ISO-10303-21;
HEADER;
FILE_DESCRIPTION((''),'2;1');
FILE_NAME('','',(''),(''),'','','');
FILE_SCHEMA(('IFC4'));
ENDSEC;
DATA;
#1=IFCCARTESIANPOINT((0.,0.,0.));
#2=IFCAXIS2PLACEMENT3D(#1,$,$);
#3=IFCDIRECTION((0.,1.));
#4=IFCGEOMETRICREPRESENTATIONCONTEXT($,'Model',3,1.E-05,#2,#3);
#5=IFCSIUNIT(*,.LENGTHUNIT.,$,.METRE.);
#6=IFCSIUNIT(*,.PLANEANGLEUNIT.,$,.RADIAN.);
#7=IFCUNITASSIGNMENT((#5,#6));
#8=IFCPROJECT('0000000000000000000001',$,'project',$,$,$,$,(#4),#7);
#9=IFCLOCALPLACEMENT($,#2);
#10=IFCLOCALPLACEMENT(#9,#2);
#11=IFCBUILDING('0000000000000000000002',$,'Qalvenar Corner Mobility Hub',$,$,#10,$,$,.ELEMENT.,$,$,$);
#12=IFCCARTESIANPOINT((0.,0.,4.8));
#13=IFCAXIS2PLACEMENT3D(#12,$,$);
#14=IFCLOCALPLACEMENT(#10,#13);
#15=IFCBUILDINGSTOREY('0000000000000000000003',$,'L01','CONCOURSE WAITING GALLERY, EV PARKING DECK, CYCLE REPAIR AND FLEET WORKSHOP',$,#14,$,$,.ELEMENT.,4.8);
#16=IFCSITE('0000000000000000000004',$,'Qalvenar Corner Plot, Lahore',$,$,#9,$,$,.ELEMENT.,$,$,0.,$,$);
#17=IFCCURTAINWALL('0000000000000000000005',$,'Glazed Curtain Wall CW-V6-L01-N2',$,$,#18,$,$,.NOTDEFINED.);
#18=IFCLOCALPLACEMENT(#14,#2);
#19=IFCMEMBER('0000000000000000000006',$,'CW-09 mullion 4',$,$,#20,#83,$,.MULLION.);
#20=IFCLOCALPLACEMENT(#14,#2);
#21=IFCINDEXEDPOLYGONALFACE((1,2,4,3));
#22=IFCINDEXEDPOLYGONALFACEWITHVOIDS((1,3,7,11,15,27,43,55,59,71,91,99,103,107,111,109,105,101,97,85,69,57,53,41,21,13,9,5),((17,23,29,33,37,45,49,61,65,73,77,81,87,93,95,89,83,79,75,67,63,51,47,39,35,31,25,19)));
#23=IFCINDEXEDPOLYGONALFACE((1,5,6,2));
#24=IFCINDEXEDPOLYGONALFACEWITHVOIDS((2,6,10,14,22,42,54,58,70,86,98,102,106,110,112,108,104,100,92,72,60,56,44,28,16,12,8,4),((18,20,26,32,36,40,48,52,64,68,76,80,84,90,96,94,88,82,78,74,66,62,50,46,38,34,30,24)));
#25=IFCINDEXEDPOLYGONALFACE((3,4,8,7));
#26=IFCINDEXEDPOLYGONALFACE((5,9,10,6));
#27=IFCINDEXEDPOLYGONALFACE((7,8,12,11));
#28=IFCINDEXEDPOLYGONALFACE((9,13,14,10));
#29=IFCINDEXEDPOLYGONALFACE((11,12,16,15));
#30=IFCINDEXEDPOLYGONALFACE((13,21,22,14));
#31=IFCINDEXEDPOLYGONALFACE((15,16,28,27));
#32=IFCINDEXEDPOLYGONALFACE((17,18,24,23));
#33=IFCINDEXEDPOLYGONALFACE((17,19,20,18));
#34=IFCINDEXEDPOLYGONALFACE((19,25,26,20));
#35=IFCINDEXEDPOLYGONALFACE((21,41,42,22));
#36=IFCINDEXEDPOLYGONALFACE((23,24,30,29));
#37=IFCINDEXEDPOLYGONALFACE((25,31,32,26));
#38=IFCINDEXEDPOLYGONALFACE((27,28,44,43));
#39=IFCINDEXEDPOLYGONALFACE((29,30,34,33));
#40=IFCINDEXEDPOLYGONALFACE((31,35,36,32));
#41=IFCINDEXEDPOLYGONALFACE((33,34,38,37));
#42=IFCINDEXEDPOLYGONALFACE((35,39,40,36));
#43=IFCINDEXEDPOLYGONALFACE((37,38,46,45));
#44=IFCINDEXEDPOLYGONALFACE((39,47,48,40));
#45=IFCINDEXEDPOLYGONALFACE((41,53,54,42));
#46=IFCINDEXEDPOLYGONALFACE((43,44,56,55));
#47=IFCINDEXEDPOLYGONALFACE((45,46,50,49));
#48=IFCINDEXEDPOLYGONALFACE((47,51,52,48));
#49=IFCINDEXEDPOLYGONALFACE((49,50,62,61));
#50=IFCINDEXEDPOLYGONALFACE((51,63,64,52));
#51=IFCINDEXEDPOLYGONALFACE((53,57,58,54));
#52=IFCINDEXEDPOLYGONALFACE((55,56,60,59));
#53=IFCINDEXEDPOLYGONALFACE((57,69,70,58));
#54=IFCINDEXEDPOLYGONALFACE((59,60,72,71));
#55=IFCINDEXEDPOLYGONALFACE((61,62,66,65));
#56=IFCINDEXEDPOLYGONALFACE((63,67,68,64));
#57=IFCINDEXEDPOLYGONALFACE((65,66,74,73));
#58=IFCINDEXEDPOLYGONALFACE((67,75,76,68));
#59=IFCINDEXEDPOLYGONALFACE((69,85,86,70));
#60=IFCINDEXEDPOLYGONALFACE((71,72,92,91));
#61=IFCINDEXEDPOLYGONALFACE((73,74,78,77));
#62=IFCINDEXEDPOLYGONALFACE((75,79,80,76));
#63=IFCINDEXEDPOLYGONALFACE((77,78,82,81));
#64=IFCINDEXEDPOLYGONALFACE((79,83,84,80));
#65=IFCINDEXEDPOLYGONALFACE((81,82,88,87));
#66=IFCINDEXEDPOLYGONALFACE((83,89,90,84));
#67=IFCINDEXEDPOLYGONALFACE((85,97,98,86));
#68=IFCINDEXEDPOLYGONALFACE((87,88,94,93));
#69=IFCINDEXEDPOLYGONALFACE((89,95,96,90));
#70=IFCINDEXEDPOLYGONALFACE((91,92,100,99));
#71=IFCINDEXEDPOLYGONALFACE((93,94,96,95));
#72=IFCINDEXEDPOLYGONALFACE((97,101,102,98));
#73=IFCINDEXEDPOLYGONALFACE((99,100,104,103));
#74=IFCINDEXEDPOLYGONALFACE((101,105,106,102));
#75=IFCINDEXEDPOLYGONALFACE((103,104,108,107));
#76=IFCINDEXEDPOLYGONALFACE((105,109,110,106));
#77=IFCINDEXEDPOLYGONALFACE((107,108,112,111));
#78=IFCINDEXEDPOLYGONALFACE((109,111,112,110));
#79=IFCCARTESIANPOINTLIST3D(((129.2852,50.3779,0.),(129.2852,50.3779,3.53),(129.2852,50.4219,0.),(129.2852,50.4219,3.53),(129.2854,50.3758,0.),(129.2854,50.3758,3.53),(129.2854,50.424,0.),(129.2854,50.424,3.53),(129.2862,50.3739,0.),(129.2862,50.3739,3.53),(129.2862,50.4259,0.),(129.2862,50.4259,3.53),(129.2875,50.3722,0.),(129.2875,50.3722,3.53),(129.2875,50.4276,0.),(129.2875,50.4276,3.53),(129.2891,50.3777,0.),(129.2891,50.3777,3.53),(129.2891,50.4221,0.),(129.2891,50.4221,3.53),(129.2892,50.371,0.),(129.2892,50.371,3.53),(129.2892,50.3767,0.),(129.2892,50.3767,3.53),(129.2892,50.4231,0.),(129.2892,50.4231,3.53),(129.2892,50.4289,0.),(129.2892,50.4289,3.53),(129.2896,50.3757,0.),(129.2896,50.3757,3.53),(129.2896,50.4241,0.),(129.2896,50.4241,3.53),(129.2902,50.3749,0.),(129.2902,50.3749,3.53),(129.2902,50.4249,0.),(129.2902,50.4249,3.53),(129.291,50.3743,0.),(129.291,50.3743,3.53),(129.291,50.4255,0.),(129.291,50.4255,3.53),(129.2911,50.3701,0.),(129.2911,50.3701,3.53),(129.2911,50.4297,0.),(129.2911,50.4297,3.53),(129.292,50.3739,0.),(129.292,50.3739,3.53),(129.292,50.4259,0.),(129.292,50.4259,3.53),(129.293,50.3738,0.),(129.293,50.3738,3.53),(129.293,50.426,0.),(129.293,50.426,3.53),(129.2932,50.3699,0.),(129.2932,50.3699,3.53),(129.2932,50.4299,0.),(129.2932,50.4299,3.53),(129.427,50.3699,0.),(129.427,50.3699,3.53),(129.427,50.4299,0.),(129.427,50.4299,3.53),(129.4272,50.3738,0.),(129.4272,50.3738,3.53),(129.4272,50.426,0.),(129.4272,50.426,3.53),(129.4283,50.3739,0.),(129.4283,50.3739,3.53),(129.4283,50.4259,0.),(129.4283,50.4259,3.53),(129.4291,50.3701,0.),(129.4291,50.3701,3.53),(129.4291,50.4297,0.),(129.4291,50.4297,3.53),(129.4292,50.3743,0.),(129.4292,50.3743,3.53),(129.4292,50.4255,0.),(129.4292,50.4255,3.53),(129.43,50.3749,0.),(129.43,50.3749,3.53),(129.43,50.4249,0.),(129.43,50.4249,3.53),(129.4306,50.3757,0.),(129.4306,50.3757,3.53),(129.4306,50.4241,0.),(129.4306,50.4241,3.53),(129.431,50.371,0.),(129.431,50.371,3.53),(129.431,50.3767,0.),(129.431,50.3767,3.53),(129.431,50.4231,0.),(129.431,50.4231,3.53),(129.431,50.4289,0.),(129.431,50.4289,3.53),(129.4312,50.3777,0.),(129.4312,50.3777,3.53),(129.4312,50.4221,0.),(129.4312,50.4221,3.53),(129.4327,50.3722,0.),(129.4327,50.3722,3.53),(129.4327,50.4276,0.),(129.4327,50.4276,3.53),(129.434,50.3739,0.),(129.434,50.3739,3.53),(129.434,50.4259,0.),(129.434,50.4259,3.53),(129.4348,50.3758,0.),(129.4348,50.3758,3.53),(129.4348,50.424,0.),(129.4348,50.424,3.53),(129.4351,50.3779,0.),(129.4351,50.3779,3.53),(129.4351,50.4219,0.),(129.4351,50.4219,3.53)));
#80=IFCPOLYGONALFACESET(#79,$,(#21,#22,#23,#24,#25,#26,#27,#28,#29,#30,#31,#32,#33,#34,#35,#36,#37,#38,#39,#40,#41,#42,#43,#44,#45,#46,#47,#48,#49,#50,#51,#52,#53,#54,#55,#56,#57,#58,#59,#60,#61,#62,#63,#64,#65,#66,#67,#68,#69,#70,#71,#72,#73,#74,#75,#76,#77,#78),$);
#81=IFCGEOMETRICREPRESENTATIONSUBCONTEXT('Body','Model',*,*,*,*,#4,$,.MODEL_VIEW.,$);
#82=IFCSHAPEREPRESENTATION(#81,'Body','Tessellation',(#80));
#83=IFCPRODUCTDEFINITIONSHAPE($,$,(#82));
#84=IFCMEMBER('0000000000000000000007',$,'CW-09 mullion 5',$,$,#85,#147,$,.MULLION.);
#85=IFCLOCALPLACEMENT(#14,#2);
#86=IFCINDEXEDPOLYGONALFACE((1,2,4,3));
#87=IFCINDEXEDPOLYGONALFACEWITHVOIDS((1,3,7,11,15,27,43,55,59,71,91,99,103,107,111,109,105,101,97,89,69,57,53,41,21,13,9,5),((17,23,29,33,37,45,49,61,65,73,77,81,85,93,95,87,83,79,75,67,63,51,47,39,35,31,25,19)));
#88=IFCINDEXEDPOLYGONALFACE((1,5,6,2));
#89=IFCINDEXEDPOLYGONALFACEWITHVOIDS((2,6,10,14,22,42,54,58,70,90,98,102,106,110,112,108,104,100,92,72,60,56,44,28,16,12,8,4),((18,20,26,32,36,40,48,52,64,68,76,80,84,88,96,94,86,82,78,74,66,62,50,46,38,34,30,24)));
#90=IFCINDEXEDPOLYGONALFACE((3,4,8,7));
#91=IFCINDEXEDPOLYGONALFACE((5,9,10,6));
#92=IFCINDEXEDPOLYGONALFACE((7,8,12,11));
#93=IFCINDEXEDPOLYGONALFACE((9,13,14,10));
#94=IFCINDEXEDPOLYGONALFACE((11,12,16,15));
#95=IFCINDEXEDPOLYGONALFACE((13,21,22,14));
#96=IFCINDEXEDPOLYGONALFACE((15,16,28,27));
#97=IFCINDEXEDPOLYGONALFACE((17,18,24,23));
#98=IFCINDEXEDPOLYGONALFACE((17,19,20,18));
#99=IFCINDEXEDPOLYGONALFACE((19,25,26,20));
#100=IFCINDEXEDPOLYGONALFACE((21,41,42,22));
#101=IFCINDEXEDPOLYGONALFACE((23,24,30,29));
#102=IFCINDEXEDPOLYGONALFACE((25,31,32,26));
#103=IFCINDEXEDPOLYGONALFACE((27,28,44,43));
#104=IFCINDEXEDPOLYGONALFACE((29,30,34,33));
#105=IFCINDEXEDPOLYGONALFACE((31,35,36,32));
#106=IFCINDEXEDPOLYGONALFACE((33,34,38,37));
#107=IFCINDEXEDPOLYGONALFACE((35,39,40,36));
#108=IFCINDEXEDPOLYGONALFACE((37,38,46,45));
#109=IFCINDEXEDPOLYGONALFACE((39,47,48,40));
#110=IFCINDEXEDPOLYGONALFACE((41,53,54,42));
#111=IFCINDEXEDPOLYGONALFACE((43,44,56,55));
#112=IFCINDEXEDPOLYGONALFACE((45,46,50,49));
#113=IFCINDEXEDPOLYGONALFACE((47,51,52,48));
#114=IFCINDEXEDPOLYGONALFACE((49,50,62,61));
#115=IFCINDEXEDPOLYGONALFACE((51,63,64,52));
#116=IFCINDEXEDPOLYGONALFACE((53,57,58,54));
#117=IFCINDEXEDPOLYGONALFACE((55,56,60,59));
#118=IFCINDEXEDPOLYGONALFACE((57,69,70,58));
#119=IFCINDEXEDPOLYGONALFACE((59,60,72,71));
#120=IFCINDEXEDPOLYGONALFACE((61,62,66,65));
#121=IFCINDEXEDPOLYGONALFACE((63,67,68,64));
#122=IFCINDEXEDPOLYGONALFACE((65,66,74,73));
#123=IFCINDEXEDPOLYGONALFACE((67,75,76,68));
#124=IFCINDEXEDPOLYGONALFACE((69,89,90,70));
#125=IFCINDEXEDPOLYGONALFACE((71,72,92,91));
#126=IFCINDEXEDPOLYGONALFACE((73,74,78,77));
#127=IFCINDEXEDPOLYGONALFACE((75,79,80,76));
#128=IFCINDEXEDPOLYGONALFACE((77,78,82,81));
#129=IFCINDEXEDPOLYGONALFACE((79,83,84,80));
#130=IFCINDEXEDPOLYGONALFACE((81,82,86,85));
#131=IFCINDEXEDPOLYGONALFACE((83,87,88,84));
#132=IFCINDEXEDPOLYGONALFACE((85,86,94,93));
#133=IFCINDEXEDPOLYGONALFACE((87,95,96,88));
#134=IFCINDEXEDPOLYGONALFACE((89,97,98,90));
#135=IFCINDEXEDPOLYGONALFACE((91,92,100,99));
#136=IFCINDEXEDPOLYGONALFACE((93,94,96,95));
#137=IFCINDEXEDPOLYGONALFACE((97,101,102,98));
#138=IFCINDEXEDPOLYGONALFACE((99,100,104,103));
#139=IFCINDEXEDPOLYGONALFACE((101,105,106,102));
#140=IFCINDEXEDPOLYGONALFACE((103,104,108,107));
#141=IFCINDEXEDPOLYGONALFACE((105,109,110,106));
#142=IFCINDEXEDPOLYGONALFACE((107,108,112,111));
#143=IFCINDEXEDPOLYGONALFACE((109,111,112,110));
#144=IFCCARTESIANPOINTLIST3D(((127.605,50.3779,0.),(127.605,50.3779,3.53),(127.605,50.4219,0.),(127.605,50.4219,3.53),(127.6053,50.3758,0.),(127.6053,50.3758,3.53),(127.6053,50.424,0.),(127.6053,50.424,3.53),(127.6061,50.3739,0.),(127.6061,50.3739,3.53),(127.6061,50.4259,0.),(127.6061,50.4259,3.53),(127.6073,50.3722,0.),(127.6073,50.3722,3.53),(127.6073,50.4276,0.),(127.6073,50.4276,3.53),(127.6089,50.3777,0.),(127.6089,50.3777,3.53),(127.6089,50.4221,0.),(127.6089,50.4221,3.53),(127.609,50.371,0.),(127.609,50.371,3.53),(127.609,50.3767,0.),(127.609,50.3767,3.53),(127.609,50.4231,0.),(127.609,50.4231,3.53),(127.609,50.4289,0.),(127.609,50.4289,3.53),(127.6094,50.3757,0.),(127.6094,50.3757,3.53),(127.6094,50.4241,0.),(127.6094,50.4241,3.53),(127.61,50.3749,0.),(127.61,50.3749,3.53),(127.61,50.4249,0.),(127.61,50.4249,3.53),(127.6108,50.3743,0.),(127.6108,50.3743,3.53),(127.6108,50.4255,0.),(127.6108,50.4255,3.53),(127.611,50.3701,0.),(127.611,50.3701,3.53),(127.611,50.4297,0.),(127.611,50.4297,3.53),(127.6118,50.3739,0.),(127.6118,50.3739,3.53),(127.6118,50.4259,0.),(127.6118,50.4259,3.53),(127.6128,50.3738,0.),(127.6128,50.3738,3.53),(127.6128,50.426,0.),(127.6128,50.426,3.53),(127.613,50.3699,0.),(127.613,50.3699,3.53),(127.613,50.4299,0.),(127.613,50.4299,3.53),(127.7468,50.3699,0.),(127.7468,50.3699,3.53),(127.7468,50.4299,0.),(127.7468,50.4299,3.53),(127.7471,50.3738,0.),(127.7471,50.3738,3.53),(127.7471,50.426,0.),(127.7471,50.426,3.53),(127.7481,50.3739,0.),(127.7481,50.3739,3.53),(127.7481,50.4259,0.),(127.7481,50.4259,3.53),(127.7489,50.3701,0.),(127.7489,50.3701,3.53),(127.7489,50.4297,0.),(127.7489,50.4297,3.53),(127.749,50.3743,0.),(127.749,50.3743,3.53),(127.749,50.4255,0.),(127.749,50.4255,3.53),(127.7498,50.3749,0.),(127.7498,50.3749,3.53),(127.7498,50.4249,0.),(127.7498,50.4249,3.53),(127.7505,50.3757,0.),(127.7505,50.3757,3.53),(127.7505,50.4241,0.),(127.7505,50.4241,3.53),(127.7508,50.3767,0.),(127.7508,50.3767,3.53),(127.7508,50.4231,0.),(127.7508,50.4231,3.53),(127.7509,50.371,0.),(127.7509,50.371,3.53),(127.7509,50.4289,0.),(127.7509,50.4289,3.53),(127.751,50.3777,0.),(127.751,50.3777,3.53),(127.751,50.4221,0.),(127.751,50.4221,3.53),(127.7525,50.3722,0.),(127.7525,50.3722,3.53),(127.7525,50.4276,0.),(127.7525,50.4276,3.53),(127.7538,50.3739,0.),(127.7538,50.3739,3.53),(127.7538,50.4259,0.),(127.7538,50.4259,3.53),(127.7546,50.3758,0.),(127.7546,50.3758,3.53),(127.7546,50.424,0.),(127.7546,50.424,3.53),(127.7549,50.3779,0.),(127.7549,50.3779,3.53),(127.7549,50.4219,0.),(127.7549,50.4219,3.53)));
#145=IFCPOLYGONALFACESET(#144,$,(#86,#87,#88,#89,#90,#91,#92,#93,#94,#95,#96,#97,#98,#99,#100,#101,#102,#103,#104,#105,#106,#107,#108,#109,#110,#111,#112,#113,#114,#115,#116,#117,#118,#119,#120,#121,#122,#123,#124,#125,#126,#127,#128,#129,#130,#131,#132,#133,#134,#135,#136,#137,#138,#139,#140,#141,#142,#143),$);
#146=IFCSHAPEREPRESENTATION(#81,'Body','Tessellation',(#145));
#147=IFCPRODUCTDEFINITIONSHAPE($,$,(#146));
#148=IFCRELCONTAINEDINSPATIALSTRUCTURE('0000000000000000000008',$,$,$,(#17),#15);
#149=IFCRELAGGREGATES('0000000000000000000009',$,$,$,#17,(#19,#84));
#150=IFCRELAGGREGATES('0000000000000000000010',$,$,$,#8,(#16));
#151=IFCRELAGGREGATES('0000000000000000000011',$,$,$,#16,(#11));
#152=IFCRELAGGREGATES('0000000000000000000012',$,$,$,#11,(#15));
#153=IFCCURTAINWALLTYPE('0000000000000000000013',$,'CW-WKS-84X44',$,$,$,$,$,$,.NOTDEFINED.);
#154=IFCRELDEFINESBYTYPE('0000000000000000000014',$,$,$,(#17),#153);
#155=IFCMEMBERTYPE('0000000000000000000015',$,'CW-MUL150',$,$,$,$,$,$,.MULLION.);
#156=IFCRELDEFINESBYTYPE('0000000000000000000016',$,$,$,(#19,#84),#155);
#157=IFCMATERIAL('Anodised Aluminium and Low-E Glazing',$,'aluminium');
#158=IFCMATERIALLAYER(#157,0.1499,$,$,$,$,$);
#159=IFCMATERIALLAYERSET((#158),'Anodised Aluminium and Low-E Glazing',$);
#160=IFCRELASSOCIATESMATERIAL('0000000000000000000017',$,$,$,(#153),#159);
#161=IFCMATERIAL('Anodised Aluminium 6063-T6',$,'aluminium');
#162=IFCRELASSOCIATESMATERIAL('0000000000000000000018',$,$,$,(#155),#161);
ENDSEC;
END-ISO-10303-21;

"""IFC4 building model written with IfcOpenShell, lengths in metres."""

from ifc_helpers import new_model, si_unit, direction, frame, origin, origin_2d, place, context, subcontext, project, spatial, hollow_rectangle, extrude, material, layer, layer_set, material_profile, profile_set, type_object, element, aggregate, save


model = new_model("IFC4")

# Units and contexts
model_context = context("Model", 3, precision=1e-05, world=origin(), true_north=direction((0.0, 1.0)))
body_context = subcontext(model_context, "Body", "Model", "MODEL_VIEW")
ifc_project = project(units=[si_unit("LENGTHUNIT", "METRE"), si_unit("PLANEANGLEUNIT", "RADIAN")], contexts=[model_context])

# Site, building, storey
site_placement = place(None, origin())
site = spatial("IfcSite", under=ifc_project, at=site_placement, Name="Qalvenar Corner Plot, Lahore", CompositionType="ELEMENT", RefElevation=0.0)
building_placement = place(site_placement, origin())
building = spatial("IfcBuilding", under=site, at=building_placement, Name="Qalvenar Corner Mobility Hub", CompositionType="ELEMENT")
storey_placement = place(building_placement, frame((0.0, 0.0, 4.8)))
storey = spatial("IfcBuildingStorey", under=building, at=storey_placement, Name="L01", Description="CONCOURSE WAITING GALLERY, EV PARKING DECK, CYCLE REPAIR AND FLEET WORKSHOP", CompositionType="ELEMENT", Elevation=4.8)

# Curtain wall, members
ifc_material_1 = material(Name="Anodised Aluminium and Low-E Glazing", Category="aluminium")
ifc_layer_1 = layer(ifc_material_1, 0.1499)
ifc_layer_set_1 = layer_set([ifc_layer_1], Name="Anodised Aluminium and Low-E Glazing")
curtain_wall_type = type_object("IfcCurtainWallType", Name="CW-WKS-84X44", PredefinedType="NOTDEFINED", material=ifc_layer_set_1)
curtain_wall_placement = place(storey_placement, origin())
curtain_wall = element("IfcCurtainWall", 1, at=curtain_wall_placement, inside=storey, type_object=curtain_wall_type, Name="Glazed Curtain Wall CW-V6-L01-N2", PredefinedType="NOTDEFINED")
ifc_material_2 = material(Name="Anodised Aluminium 6063-T6", Category="aluminium")
ifc_material_profile_1 = material_profile(ifc_material_2, hollow_rectangle(XDim=0.0601, YDim=0.1499, WallThickness=0.0039, InnerFilletRadius=0.0039, OuterFilletRadius=0.0081, at=origin_2d()), Name="RHS150x60x4")
ifc_profile_set_1 = profile_set([ifc_material_profile_1], Name="Anodised Aluminium 6063-T6")
member_type_1 = type_object("IfcMemberType", Name="CW-MUL150", PredefinedType="MULLION", material=ifc_profile_set_1)
member_1_placement = place(storey_placement, frame((129.3601, 50.3999, 0.0), z_axis=(0.0, 0.0, 1.0), x_axis=(0.0, -1.0, 0.0)))
member_1 = element("IfcMember", 2, at=member_1_placement, type_object=member_type_1, Name="CW-09 mullion 4", PredefinedType="MULLION", context=body_context, shape_type="SweptSolid", body=[
    extrude(hollow_rectangle(XDim=0.0601, YDim=0.1499, WallThickness=0.0039, InnerFilletRadius=0.0039, OuterFilletRadius=0.0081, at=origin_2d()), origin(), (0.0, 0.0, 1.0), 3.53),
])
member_2_placement = place(storey_placement, frame((127.6799, 50.3999, 0.0), z_axis=(0.0, 0.0, 1.0), x_axis=(0.0, -1.0, 0.0)))
member_2 = element("IfcMember", 3, at=member_2_placement, type_object=member_type_1, Name="CW-09 mullion 5", PredefinedType="MULLION", context=body_context, shape_type="SweptSolid", body=[
    extrude(hollow_rectangle(XDim=0.0601, YDim=0.1499, WallThickness=0.0039, InnerFilletRadius=0.0039, OuterFilletRadius=0.0081, at=origin_2d()), origin(), (0.0, 0.0, 1.0), 3.53),
])

aggregate(curtain_wall, [member_1, member_2])

save(model, "model.ifc")
